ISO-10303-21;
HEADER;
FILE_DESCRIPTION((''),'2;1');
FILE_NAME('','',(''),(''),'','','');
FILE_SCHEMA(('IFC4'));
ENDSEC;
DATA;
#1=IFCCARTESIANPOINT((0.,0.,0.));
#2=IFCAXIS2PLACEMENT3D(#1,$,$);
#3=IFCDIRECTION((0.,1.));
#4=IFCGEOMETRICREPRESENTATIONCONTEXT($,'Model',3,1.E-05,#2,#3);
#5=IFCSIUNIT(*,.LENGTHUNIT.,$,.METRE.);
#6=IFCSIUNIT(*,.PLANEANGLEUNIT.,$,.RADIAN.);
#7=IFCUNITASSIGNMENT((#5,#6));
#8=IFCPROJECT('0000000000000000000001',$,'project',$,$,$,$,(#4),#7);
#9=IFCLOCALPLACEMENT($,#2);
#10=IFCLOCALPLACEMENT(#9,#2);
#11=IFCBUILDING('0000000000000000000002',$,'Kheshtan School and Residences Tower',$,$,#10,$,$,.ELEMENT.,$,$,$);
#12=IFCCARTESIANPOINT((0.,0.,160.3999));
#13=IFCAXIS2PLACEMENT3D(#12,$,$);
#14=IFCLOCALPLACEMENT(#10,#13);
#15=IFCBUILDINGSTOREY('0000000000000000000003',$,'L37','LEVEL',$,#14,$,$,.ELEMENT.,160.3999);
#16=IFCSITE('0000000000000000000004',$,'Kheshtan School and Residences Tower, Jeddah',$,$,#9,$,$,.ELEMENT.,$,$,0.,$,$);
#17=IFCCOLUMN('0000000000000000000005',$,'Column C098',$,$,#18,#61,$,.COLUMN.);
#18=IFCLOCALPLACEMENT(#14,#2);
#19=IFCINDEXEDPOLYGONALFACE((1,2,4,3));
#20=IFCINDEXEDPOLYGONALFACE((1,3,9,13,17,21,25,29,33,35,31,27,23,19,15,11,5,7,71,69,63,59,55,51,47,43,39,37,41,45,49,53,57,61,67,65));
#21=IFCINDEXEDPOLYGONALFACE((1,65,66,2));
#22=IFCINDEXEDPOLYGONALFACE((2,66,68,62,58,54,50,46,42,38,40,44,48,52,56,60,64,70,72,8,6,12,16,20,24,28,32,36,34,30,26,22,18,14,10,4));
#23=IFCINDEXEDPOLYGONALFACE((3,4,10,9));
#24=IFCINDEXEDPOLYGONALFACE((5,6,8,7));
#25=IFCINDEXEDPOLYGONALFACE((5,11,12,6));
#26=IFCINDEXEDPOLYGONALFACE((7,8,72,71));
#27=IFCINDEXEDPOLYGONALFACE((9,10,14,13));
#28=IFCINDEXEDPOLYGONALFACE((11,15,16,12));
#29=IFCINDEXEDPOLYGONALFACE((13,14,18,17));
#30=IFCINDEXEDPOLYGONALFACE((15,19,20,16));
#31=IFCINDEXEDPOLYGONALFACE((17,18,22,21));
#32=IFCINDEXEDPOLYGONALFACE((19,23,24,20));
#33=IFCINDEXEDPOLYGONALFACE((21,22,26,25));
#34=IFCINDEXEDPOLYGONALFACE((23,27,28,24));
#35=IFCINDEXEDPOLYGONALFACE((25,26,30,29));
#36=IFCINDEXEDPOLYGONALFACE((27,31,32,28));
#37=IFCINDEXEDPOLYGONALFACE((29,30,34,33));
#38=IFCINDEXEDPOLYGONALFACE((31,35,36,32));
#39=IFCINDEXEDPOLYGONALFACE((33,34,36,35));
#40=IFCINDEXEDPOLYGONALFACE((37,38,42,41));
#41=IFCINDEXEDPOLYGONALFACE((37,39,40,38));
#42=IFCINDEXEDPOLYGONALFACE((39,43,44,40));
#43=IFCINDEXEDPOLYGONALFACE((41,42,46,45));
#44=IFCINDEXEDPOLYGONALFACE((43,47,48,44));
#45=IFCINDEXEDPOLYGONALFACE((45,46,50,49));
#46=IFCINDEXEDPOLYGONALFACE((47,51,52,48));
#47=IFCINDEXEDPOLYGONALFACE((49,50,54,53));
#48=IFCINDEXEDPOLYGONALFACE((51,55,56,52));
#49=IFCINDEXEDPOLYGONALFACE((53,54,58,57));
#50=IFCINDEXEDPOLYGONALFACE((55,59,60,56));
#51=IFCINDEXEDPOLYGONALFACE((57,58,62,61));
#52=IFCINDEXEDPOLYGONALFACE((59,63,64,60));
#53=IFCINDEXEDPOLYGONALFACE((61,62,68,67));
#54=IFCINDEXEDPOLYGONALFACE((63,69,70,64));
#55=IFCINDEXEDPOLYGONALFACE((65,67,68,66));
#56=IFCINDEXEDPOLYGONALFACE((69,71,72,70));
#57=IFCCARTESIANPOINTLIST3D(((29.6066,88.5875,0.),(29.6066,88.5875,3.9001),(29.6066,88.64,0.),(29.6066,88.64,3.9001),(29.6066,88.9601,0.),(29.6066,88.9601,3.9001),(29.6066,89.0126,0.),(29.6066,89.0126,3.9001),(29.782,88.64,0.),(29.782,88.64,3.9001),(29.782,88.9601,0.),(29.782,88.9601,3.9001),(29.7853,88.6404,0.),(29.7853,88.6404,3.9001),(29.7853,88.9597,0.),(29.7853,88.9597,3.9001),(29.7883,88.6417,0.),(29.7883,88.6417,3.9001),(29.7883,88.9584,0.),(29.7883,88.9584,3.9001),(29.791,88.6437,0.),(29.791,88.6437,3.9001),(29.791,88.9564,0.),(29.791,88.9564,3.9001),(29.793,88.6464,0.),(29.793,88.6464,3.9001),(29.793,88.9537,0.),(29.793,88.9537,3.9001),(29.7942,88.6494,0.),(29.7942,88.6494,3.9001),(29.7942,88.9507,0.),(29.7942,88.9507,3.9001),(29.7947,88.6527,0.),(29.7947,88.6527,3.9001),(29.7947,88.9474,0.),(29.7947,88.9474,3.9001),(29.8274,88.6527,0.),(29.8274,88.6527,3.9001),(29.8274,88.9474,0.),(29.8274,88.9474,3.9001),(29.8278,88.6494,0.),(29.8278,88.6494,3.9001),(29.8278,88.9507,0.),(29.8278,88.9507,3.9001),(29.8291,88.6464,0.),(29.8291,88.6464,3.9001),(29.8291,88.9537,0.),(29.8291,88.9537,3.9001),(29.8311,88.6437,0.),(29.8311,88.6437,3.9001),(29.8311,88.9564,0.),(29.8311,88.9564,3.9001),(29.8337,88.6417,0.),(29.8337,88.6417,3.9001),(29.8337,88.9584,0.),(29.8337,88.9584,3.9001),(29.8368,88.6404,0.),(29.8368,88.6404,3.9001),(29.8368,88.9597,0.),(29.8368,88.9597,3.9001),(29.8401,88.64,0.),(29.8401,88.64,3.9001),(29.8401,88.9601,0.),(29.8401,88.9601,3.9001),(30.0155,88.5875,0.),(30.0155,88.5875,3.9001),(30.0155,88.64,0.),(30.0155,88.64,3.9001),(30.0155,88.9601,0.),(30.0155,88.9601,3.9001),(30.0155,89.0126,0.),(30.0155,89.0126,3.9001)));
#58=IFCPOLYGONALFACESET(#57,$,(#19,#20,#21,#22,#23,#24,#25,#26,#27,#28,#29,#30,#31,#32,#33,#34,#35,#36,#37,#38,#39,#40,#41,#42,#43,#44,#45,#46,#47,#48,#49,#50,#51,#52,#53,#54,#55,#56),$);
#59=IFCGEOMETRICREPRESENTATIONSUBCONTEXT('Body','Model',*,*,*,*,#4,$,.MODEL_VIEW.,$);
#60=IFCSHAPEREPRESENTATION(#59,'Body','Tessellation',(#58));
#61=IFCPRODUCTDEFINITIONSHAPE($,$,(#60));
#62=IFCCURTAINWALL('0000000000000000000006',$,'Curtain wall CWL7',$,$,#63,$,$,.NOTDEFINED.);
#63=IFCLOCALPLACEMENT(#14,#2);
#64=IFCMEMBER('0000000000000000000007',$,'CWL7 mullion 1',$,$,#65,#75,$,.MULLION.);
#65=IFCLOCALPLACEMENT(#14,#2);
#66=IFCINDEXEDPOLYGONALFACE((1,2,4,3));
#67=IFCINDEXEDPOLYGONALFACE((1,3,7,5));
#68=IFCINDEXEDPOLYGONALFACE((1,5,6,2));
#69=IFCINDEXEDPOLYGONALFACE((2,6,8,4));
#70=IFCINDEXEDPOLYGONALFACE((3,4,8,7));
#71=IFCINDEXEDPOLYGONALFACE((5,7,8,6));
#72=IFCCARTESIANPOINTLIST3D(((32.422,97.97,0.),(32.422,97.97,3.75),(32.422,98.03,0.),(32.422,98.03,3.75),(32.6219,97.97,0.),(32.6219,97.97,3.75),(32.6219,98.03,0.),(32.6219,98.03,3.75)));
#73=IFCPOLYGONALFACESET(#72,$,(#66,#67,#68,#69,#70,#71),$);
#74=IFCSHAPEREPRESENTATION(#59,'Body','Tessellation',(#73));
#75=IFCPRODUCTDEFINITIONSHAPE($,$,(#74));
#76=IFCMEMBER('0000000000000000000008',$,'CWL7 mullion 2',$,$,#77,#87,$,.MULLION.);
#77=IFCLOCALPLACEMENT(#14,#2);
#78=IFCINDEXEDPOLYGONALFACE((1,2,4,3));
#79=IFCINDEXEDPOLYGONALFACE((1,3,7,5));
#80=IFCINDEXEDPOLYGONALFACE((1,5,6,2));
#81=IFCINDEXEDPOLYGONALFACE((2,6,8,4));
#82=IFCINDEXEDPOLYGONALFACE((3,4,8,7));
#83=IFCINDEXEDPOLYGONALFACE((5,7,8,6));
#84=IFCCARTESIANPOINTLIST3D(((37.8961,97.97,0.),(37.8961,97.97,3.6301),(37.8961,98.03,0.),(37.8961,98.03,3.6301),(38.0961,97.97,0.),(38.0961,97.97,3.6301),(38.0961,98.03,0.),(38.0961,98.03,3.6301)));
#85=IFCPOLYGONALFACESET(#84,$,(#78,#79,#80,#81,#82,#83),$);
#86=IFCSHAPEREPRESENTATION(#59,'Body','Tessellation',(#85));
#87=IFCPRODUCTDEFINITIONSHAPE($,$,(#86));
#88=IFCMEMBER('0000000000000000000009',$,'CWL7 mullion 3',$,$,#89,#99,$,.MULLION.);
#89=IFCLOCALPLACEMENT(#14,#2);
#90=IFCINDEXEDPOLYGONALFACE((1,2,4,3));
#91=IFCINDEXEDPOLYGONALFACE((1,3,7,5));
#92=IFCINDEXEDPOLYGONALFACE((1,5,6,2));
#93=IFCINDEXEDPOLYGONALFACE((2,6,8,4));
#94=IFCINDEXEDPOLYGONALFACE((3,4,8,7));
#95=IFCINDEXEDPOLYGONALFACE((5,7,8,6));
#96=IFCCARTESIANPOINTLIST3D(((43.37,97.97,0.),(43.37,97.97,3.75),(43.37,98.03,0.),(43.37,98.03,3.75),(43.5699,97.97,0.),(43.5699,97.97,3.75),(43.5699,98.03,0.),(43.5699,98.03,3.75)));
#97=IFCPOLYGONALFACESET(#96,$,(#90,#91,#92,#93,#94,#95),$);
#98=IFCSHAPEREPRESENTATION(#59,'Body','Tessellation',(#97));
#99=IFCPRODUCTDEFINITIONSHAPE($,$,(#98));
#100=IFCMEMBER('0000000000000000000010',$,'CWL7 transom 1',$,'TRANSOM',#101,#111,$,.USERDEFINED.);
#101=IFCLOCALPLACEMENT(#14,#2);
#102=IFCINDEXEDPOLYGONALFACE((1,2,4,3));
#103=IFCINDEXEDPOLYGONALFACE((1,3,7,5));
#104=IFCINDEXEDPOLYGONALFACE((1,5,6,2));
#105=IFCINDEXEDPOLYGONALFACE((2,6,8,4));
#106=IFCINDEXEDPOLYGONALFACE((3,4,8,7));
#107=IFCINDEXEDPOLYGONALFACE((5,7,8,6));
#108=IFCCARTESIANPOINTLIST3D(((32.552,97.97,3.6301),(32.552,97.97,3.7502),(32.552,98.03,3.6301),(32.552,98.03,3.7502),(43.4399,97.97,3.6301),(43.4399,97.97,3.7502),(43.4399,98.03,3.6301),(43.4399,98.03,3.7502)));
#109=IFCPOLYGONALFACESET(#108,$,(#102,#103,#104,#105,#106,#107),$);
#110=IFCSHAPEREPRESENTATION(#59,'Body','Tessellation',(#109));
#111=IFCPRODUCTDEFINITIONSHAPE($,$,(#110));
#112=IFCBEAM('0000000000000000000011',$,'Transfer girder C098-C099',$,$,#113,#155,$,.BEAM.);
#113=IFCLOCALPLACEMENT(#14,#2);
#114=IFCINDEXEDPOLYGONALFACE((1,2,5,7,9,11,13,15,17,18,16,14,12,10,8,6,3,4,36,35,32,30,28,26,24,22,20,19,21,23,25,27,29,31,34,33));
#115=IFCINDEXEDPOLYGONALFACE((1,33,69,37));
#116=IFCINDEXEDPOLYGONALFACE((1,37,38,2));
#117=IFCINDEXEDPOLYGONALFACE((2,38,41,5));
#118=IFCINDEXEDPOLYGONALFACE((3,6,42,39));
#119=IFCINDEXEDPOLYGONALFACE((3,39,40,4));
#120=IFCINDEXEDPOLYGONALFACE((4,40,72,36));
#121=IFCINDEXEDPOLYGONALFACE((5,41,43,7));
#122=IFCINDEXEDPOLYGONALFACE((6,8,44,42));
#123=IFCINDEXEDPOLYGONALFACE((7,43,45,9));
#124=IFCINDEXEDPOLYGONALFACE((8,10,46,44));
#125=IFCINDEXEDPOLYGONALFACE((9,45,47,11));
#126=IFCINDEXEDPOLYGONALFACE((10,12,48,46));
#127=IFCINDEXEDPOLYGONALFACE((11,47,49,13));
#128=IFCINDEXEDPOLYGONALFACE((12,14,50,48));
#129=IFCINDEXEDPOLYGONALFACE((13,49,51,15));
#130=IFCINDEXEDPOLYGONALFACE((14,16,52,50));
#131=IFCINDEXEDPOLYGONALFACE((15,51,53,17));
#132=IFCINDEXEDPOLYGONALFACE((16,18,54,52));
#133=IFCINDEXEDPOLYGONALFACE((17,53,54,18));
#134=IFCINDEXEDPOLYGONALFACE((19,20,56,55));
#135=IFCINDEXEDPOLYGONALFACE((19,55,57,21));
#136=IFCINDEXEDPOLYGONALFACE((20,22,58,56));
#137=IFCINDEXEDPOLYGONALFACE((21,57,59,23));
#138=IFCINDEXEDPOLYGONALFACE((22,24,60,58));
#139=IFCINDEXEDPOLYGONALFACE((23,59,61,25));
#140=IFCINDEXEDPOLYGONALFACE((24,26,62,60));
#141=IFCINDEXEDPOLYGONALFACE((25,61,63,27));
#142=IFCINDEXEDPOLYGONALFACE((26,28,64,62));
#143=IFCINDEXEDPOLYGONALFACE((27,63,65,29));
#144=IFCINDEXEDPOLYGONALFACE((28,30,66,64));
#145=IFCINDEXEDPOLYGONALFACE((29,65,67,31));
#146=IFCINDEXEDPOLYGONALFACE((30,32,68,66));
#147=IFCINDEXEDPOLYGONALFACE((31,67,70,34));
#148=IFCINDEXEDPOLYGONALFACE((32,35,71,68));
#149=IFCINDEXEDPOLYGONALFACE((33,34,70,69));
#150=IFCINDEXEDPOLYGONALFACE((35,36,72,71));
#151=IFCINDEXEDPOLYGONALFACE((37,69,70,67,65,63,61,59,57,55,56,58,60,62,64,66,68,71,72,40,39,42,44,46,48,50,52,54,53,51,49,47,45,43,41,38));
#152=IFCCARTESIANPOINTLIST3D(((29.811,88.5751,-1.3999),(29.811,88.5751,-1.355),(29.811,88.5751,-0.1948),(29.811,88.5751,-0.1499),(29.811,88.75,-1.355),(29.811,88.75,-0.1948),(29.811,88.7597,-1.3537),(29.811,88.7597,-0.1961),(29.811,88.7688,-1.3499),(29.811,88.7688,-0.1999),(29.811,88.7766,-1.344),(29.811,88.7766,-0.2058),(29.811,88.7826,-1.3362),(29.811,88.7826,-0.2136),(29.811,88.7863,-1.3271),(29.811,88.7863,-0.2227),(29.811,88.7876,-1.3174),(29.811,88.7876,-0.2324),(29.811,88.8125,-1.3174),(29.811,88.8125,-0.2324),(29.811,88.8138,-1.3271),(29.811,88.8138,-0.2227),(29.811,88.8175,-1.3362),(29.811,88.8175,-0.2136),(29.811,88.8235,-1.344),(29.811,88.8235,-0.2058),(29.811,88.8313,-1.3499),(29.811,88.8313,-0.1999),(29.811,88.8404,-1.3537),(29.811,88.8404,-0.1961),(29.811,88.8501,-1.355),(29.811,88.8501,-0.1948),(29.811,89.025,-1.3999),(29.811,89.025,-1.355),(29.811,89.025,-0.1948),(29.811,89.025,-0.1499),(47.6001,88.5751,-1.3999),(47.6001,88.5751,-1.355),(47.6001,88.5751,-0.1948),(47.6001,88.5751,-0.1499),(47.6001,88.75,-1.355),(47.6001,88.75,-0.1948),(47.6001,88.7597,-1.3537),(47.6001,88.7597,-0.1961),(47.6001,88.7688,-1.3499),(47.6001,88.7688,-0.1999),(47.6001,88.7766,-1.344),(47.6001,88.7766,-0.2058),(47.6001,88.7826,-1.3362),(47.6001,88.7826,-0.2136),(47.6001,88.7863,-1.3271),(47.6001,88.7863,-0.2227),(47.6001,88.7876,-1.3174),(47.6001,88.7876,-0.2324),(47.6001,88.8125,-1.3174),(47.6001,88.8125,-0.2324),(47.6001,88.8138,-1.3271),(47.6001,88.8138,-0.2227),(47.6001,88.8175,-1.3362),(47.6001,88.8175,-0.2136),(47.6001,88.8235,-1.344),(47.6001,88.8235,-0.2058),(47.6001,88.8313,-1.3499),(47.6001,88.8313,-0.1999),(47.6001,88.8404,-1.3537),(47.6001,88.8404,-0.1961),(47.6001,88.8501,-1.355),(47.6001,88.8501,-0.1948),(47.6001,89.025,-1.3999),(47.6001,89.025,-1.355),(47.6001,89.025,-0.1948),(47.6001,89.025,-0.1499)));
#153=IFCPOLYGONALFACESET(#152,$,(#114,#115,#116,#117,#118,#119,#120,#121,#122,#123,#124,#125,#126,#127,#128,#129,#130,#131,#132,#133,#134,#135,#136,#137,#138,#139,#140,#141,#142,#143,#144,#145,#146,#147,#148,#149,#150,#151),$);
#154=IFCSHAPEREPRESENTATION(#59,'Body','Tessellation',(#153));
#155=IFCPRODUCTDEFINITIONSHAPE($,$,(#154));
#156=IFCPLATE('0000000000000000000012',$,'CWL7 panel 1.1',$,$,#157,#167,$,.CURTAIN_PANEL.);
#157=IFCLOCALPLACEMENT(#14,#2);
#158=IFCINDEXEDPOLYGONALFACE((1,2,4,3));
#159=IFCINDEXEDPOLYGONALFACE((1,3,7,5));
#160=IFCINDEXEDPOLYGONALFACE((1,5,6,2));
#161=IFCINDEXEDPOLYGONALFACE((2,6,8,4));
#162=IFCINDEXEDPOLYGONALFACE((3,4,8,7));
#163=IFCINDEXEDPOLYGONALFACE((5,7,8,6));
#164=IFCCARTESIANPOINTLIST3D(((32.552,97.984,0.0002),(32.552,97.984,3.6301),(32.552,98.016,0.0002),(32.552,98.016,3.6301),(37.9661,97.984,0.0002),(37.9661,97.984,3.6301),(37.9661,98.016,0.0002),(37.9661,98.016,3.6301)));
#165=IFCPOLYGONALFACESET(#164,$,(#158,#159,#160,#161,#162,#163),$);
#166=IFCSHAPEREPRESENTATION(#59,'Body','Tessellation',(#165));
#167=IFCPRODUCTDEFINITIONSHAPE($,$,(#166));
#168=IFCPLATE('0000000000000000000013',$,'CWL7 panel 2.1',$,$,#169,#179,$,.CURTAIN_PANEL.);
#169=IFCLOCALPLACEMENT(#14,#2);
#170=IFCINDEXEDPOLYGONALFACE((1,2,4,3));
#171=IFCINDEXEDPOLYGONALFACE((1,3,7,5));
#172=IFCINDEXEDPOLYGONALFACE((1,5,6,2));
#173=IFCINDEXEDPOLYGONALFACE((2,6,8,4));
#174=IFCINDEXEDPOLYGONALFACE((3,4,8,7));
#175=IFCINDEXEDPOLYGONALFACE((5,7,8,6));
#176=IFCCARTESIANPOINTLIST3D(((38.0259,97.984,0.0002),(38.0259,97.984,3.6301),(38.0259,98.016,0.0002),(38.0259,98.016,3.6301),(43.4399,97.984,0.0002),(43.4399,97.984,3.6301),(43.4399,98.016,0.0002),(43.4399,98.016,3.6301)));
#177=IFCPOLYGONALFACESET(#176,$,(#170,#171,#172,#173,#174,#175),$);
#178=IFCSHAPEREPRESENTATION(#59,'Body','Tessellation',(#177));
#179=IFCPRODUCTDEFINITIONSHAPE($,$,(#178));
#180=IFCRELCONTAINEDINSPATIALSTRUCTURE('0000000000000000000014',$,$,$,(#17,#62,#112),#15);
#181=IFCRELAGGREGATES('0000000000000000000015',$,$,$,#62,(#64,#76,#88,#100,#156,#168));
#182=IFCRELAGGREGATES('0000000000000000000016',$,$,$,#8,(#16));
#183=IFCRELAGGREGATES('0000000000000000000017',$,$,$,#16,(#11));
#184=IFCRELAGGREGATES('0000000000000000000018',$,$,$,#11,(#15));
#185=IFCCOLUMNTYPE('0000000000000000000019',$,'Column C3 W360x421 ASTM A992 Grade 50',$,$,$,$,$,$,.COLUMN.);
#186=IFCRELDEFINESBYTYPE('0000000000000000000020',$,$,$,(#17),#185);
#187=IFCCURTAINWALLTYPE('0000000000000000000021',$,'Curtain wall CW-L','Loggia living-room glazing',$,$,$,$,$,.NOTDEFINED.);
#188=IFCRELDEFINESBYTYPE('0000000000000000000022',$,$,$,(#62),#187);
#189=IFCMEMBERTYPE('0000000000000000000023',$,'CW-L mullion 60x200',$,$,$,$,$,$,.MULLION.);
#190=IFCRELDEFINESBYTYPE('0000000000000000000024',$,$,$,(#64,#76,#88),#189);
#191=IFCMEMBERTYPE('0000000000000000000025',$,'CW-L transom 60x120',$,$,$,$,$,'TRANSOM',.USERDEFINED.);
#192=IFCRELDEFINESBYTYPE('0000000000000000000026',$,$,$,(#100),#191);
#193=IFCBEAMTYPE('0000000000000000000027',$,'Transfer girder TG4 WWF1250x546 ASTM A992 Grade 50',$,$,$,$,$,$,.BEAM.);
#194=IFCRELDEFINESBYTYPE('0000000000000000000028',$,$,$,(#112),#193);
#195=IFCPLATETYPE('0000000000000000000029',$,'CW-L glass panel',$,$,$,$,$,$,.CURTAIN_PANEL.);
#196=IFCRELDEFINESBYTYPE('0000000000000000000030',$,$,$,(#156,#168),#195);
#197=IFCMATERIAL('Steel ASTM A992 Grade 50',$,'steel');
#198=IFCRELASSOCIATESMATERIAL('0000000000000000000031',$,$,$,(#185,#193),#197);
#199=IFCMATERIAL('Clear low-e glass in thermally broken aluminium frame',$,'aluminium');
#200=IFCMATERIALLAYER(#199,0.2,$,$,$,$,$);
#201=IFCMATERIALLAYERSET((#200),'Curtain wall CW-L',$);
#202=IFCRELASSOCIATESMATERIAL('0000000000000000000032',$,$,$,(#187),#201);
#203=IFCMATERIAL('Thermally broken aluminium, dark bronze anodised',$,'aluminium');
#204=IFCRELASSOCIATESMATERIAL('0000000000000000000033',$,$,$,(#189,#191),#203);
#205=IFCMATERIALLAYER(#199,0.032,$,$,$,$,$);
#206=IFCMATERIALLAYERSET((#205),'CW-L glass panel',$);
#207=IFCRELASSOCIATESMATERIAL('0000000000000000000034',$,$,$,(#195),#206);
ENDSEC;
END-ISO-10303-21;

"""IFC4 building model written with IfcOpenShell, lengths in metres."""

from ifc_helpers import new_model, si_unit, direction, frame, origin, origin_2d, place, context, subcontext, project, spatial, rectangle, i_section, extrude, material, layer, layer_set, material_profile, profile_set, type_object, element, aggregate, save


model = new_model("IFC4")

# Units and contexts
model_context = context("Model", 3, precision=1e-05, world=origin(), true_north=direction((0.0, 1.0)))
body_context = subcontext(model_context, "Body", "Model", "MODEL_VIEW")
ifc_project = project(units=[si_unit("LENGTHUNIT", "METRE"), si_unit("PLANEANGLEUNIT", "RADIAN")], contexts=[model_context])

# Site, building, storey
site_placement = place(None, origin())
site = spatial("IfcSite", under=ifc_project, at=site_placement, Name="Kheshtan School and Residences Tower, Jeddah", CompositionType="ELEMENT", RefElevation=0.0)
building_placement = place(site_placement, origin())
building = spatial("IfcBuilding", under=site, at=building_placement, Name="Kheshtan School and Residences Tower", CompositionType="ELEMENT")
storey_placement = place(building_placement, frame((0.0, 0.0, 160.3999)))
storey = spatial("IfcBuildingStorey", under=building, at=storey_placement, Name="L37", Description="LEVEL", CompositionType="ELEMENT", Elevation=160.3999)

# Column
ifc_material_1 = material(Name="Steel ASTM A992 Grade 50", Category="steel")
ifc_material_profile_1 = material_profile(ifc_material_1, i_section(OverallWidth=0.4089, OverallDepth=0.425, WebThickness=0.0327, FlangeThickness=0.0525, FilletRadius=0.0127, at=origin_2d()), Name="W360x421")
ifc_profile_set_1 = profile_set([ifc_material_profile_1], Name="Steel ASTM A992 Grade 50")
column_type = type_object("IfcColumnType", Name="Column C3 W360x421 ASTM A992 Grade 50", PredefinedType="COLUMN", material=ifc_profile_set_1)
column_placement = place(storey_placement, frame((29.811, 88.8, 0.0), z_axis=(0.0, 0.0, 1.0), x_axis=(1.0, 0.0, 0.0)))
element("IfcColumn", 1, at=column_placement, inside=storey, type_object=column_type, Name="Column C098", PredefinedType="COLUMN", context=body_context, shape_type="SweptSolid", body=[
    extrude(i_section(OverallWidth=0.4089, OverallDepth=0.425, WebThickness=0.0327, FlangeThickness=0.0525, FilletRadius=0.0127, at=origin_2d()), origin(), (0.0, 0.0, 1.0), 3.9001),
])

# Curtain wall, members
ifc_material_2 = material(Name="Clear low-e glass in thermally broken aluminium frame", Category="aluminium")
ifc_layer_1 = layer(ifc_material_2, 0.2)
ifc_layer_set_1 = layer_set([ifc_layer_1], Name="Curtain wall CW-L")
curtain_wall_type = type_object("IfcCurtainWallType", Name="Curtain wall CW-L", Description="Loggia living-room glazing", PredefinedType="NOTDEFINED", material=ifc_layer_set_1)
curtain_wall_placement = place(storey_placement, origin())
curtain_wall = element("IfcCurtainWall", 2, at=curtain_wall_placement, inside=storey, type_object=curtain_wall_type, Name="Curtain wall CWL7", PredefinedType="NOTDEFINED")
ifc_material_3 = material(Name="Thermally broken aluminium, dark bronze anodised", Category="aluminium")
ifc_material_profile_2 = material_profile(ifc_material_3, rectangle(XDim=0.0601, YDim=0.2, at=origin_2d()), Name="CW-L mullion 60x200")
ifc_profile_set_2 = profile_set([ifc_material_profile_2], Name="Thermally broken aluminium, dark bronze anodised")
member_type_1 = type_object("IfcMemberType", Name="CW-L mullion 60x200", PredefinedType="MULLION", material=ifc_profile_set_2)
member_1_placement = place(storey_placement, frame((32.522, 98.0, 0.0), z_axis=(0.0, 0.0, 1.0), x_axis=(0.0, 1.0, 0.0)))
member_1 = element("IfcMember", 3, at=member_1_placement, type_object=member_type_1, Name="CWL7 mullion 1", PredefinedType="MULLION", context=body_context, shape_type="SweptSolid", body=[
    extrude(rectangle(XDim=0.0601, YDim=0.2, at=origin_2d()), origin(), (0.0, 0.0, 1.0), 3.75),
])
member_2_placement = place(storey_placement, frame((37.9961, 98.0, 0.0), z_axis=(0.0, 0.0, 1.0), x_axis=(0.0, 1.0, 0.0)))
member_2 = element("IfcMember", 4, at=member_2_placement, type_object=member_type_1, Name="CWL7 mullion 2", PredefinedType="MULLION", context=body_context, shape_type="SweptSolid", body=[
    extrude(rectangle(XDim=0.0601, YDim=0.2, at=origin_2d()), origin(), (0.0, 0.0, 1.0), 3.6301),
])
member_3_placement = place(storey_placement, frame((43.47, 98.0, 0.0), z_axis=(0.0, 0.0, 1.0), x_axis=(0.0, 1.0, 0.0)))
member_3 = element("IfcMember", 5, at=member_3_placement, type_object=member_type_1, Name="CWL7 mullion 3", PredefinedType="MULLION", context=body_context, shape_type="SweptSolid", body=[
    extrude(rectangle(XDim=0.0601, YDim=0.2, at=origin_2d()), origin(), (0.0, 0.0, 1.0), 3.75),
])
ifc_material_profile_3 = material_profile(ifc_material_3, rectangle(XDim=0.0601, YDim=0.1201, at=origin_2d()), Name="CW-L transom 60x120")
ifc_profile_set_3 = profile_set([ifc_material_profile_3], Name="Thermally broken aluminium, dark bronze anodised")
member_type_2 = type_object("IfcMemberType", Name="CW-L transom 60x120", ElementType="TRANSOM", PredefinedType="USERDEFINED", material=ifc_profile_set_3)
member_4_placement = place(storey_placement, frame((32.552, 98.0, 3.6902), z_axis=(1.0, 0.0, 0.0), x_axis=(0.0, 1.0, 0.0)))
member_4 = element("IfcMember", 6, at=member_4_placement, type_object=member_type_2, Name="CWL7 transom 1", ObjectType="TRANSOM", PredefinedType="USERDEFINED", context=body_context, shape_type="SweptSolid", body=[
    extrude(rectangle(XDim=0.0601, YDim=0.1201, at=origin_2d()), origin(), (0.0, 0.0, 1.0), 10.8879),
])

# Beam
ifc_material_profile_4 = material_profile(ifc_material_1, i_section(OverallWidth=0.45, OverallDepth=1.25, WebThickness=0.0249, FlangeThickness=0.0449, FilletRadius=0.0376, at=origin_2d()), Name="WWF1250x546")
ifc_profile_set_4 = profile_set([ifc_material_profile_4], Name="Steel ASTM A992 Grade 50")
beam_type = type_object("IfcBeamType", Name="Transfer girder TG4 WWF1250x546 ASTM A992 Grade 50", PredefinedType="BEAM", material=ifc_profile_set_4)
beam_placement = place(storey_placement, frame((29.811, 88.8, -0.7749), z_axis=(1.0, 0.0, 0.0), x_axis=(0.0, 1.0, 0.0)))
element("IfcBeam", 7, at=beam_placement, inside=storey, type_object=beam_type, Name="Transfer girder C098-C099", PredefinedType="BEAM", context=body_context, shape_type="SweptSolid", body=[
    extrude(i_section(OverallWidth=0.45, OverallDepth=1.25, WebThickness=0.0249, FlangeThickness=0.0449, FilletRadius=0.0376, at=origin_2d()), origin(), (0.0, 0.0, 1.0), 17.7891),
])

# Plates
ifc_layer_2 = layer(ifc_material_2, 0.032)
ifc_layer_set_2 = layer_set([ifc_layer_2], Name="CW-L glass panel")
plate_type = type_object("IfcPlateType", Name="CW-L glass panel", PredefinedType="CURTAIN_PANEL", material=ifc_layer_set_2)
plate_1_placement = place(storey_placement, frame((35.259, 98.0, 0.0002), z_axis=(0.0, 0.0, 1.0), x_axis=(1.0, 0.0, 0.0)))
plate_1 = element("IfcPlate", 8, at=plate_1_placement, type_object=plate_type, Name="CWL7 panel 1.1", PredefinedType="CURTAIN_PANEL", context=body_context, shape_type="SweptSolid", body=[
    extrude(rectangle(XDim=5.4141, YDim=0.032, at=origin_2d()), origin(), (0.0, 0.0, 1.0), 3.6299),
])
plate_2_placement = place(storey_placement, frame((40.7329, 98.0, 0.0002), z_axis=(0.0, 0.0, 1.0), x_axis=(1.0, 0.0, 0.0)))
plate_2 = element("IfcPlate", 9, at=plate_2_placement, type_object=plate_type, Name="CWL7 panel 2.1", PredefinedType="CURTAIN_PANEL", context=body_context, shape_type="SweptSolid", body=[
    extrude(rectangle(XDim=5.4141, YDim=0.032, at=origin_2d()), origin(), (0.0, 0.0, 1.0), 3.6299),
])
aggregate(curtain_wall, [member_1, member_2, member_3, member_4, plate_1, plate_2])

save(model, "model.ifc")
